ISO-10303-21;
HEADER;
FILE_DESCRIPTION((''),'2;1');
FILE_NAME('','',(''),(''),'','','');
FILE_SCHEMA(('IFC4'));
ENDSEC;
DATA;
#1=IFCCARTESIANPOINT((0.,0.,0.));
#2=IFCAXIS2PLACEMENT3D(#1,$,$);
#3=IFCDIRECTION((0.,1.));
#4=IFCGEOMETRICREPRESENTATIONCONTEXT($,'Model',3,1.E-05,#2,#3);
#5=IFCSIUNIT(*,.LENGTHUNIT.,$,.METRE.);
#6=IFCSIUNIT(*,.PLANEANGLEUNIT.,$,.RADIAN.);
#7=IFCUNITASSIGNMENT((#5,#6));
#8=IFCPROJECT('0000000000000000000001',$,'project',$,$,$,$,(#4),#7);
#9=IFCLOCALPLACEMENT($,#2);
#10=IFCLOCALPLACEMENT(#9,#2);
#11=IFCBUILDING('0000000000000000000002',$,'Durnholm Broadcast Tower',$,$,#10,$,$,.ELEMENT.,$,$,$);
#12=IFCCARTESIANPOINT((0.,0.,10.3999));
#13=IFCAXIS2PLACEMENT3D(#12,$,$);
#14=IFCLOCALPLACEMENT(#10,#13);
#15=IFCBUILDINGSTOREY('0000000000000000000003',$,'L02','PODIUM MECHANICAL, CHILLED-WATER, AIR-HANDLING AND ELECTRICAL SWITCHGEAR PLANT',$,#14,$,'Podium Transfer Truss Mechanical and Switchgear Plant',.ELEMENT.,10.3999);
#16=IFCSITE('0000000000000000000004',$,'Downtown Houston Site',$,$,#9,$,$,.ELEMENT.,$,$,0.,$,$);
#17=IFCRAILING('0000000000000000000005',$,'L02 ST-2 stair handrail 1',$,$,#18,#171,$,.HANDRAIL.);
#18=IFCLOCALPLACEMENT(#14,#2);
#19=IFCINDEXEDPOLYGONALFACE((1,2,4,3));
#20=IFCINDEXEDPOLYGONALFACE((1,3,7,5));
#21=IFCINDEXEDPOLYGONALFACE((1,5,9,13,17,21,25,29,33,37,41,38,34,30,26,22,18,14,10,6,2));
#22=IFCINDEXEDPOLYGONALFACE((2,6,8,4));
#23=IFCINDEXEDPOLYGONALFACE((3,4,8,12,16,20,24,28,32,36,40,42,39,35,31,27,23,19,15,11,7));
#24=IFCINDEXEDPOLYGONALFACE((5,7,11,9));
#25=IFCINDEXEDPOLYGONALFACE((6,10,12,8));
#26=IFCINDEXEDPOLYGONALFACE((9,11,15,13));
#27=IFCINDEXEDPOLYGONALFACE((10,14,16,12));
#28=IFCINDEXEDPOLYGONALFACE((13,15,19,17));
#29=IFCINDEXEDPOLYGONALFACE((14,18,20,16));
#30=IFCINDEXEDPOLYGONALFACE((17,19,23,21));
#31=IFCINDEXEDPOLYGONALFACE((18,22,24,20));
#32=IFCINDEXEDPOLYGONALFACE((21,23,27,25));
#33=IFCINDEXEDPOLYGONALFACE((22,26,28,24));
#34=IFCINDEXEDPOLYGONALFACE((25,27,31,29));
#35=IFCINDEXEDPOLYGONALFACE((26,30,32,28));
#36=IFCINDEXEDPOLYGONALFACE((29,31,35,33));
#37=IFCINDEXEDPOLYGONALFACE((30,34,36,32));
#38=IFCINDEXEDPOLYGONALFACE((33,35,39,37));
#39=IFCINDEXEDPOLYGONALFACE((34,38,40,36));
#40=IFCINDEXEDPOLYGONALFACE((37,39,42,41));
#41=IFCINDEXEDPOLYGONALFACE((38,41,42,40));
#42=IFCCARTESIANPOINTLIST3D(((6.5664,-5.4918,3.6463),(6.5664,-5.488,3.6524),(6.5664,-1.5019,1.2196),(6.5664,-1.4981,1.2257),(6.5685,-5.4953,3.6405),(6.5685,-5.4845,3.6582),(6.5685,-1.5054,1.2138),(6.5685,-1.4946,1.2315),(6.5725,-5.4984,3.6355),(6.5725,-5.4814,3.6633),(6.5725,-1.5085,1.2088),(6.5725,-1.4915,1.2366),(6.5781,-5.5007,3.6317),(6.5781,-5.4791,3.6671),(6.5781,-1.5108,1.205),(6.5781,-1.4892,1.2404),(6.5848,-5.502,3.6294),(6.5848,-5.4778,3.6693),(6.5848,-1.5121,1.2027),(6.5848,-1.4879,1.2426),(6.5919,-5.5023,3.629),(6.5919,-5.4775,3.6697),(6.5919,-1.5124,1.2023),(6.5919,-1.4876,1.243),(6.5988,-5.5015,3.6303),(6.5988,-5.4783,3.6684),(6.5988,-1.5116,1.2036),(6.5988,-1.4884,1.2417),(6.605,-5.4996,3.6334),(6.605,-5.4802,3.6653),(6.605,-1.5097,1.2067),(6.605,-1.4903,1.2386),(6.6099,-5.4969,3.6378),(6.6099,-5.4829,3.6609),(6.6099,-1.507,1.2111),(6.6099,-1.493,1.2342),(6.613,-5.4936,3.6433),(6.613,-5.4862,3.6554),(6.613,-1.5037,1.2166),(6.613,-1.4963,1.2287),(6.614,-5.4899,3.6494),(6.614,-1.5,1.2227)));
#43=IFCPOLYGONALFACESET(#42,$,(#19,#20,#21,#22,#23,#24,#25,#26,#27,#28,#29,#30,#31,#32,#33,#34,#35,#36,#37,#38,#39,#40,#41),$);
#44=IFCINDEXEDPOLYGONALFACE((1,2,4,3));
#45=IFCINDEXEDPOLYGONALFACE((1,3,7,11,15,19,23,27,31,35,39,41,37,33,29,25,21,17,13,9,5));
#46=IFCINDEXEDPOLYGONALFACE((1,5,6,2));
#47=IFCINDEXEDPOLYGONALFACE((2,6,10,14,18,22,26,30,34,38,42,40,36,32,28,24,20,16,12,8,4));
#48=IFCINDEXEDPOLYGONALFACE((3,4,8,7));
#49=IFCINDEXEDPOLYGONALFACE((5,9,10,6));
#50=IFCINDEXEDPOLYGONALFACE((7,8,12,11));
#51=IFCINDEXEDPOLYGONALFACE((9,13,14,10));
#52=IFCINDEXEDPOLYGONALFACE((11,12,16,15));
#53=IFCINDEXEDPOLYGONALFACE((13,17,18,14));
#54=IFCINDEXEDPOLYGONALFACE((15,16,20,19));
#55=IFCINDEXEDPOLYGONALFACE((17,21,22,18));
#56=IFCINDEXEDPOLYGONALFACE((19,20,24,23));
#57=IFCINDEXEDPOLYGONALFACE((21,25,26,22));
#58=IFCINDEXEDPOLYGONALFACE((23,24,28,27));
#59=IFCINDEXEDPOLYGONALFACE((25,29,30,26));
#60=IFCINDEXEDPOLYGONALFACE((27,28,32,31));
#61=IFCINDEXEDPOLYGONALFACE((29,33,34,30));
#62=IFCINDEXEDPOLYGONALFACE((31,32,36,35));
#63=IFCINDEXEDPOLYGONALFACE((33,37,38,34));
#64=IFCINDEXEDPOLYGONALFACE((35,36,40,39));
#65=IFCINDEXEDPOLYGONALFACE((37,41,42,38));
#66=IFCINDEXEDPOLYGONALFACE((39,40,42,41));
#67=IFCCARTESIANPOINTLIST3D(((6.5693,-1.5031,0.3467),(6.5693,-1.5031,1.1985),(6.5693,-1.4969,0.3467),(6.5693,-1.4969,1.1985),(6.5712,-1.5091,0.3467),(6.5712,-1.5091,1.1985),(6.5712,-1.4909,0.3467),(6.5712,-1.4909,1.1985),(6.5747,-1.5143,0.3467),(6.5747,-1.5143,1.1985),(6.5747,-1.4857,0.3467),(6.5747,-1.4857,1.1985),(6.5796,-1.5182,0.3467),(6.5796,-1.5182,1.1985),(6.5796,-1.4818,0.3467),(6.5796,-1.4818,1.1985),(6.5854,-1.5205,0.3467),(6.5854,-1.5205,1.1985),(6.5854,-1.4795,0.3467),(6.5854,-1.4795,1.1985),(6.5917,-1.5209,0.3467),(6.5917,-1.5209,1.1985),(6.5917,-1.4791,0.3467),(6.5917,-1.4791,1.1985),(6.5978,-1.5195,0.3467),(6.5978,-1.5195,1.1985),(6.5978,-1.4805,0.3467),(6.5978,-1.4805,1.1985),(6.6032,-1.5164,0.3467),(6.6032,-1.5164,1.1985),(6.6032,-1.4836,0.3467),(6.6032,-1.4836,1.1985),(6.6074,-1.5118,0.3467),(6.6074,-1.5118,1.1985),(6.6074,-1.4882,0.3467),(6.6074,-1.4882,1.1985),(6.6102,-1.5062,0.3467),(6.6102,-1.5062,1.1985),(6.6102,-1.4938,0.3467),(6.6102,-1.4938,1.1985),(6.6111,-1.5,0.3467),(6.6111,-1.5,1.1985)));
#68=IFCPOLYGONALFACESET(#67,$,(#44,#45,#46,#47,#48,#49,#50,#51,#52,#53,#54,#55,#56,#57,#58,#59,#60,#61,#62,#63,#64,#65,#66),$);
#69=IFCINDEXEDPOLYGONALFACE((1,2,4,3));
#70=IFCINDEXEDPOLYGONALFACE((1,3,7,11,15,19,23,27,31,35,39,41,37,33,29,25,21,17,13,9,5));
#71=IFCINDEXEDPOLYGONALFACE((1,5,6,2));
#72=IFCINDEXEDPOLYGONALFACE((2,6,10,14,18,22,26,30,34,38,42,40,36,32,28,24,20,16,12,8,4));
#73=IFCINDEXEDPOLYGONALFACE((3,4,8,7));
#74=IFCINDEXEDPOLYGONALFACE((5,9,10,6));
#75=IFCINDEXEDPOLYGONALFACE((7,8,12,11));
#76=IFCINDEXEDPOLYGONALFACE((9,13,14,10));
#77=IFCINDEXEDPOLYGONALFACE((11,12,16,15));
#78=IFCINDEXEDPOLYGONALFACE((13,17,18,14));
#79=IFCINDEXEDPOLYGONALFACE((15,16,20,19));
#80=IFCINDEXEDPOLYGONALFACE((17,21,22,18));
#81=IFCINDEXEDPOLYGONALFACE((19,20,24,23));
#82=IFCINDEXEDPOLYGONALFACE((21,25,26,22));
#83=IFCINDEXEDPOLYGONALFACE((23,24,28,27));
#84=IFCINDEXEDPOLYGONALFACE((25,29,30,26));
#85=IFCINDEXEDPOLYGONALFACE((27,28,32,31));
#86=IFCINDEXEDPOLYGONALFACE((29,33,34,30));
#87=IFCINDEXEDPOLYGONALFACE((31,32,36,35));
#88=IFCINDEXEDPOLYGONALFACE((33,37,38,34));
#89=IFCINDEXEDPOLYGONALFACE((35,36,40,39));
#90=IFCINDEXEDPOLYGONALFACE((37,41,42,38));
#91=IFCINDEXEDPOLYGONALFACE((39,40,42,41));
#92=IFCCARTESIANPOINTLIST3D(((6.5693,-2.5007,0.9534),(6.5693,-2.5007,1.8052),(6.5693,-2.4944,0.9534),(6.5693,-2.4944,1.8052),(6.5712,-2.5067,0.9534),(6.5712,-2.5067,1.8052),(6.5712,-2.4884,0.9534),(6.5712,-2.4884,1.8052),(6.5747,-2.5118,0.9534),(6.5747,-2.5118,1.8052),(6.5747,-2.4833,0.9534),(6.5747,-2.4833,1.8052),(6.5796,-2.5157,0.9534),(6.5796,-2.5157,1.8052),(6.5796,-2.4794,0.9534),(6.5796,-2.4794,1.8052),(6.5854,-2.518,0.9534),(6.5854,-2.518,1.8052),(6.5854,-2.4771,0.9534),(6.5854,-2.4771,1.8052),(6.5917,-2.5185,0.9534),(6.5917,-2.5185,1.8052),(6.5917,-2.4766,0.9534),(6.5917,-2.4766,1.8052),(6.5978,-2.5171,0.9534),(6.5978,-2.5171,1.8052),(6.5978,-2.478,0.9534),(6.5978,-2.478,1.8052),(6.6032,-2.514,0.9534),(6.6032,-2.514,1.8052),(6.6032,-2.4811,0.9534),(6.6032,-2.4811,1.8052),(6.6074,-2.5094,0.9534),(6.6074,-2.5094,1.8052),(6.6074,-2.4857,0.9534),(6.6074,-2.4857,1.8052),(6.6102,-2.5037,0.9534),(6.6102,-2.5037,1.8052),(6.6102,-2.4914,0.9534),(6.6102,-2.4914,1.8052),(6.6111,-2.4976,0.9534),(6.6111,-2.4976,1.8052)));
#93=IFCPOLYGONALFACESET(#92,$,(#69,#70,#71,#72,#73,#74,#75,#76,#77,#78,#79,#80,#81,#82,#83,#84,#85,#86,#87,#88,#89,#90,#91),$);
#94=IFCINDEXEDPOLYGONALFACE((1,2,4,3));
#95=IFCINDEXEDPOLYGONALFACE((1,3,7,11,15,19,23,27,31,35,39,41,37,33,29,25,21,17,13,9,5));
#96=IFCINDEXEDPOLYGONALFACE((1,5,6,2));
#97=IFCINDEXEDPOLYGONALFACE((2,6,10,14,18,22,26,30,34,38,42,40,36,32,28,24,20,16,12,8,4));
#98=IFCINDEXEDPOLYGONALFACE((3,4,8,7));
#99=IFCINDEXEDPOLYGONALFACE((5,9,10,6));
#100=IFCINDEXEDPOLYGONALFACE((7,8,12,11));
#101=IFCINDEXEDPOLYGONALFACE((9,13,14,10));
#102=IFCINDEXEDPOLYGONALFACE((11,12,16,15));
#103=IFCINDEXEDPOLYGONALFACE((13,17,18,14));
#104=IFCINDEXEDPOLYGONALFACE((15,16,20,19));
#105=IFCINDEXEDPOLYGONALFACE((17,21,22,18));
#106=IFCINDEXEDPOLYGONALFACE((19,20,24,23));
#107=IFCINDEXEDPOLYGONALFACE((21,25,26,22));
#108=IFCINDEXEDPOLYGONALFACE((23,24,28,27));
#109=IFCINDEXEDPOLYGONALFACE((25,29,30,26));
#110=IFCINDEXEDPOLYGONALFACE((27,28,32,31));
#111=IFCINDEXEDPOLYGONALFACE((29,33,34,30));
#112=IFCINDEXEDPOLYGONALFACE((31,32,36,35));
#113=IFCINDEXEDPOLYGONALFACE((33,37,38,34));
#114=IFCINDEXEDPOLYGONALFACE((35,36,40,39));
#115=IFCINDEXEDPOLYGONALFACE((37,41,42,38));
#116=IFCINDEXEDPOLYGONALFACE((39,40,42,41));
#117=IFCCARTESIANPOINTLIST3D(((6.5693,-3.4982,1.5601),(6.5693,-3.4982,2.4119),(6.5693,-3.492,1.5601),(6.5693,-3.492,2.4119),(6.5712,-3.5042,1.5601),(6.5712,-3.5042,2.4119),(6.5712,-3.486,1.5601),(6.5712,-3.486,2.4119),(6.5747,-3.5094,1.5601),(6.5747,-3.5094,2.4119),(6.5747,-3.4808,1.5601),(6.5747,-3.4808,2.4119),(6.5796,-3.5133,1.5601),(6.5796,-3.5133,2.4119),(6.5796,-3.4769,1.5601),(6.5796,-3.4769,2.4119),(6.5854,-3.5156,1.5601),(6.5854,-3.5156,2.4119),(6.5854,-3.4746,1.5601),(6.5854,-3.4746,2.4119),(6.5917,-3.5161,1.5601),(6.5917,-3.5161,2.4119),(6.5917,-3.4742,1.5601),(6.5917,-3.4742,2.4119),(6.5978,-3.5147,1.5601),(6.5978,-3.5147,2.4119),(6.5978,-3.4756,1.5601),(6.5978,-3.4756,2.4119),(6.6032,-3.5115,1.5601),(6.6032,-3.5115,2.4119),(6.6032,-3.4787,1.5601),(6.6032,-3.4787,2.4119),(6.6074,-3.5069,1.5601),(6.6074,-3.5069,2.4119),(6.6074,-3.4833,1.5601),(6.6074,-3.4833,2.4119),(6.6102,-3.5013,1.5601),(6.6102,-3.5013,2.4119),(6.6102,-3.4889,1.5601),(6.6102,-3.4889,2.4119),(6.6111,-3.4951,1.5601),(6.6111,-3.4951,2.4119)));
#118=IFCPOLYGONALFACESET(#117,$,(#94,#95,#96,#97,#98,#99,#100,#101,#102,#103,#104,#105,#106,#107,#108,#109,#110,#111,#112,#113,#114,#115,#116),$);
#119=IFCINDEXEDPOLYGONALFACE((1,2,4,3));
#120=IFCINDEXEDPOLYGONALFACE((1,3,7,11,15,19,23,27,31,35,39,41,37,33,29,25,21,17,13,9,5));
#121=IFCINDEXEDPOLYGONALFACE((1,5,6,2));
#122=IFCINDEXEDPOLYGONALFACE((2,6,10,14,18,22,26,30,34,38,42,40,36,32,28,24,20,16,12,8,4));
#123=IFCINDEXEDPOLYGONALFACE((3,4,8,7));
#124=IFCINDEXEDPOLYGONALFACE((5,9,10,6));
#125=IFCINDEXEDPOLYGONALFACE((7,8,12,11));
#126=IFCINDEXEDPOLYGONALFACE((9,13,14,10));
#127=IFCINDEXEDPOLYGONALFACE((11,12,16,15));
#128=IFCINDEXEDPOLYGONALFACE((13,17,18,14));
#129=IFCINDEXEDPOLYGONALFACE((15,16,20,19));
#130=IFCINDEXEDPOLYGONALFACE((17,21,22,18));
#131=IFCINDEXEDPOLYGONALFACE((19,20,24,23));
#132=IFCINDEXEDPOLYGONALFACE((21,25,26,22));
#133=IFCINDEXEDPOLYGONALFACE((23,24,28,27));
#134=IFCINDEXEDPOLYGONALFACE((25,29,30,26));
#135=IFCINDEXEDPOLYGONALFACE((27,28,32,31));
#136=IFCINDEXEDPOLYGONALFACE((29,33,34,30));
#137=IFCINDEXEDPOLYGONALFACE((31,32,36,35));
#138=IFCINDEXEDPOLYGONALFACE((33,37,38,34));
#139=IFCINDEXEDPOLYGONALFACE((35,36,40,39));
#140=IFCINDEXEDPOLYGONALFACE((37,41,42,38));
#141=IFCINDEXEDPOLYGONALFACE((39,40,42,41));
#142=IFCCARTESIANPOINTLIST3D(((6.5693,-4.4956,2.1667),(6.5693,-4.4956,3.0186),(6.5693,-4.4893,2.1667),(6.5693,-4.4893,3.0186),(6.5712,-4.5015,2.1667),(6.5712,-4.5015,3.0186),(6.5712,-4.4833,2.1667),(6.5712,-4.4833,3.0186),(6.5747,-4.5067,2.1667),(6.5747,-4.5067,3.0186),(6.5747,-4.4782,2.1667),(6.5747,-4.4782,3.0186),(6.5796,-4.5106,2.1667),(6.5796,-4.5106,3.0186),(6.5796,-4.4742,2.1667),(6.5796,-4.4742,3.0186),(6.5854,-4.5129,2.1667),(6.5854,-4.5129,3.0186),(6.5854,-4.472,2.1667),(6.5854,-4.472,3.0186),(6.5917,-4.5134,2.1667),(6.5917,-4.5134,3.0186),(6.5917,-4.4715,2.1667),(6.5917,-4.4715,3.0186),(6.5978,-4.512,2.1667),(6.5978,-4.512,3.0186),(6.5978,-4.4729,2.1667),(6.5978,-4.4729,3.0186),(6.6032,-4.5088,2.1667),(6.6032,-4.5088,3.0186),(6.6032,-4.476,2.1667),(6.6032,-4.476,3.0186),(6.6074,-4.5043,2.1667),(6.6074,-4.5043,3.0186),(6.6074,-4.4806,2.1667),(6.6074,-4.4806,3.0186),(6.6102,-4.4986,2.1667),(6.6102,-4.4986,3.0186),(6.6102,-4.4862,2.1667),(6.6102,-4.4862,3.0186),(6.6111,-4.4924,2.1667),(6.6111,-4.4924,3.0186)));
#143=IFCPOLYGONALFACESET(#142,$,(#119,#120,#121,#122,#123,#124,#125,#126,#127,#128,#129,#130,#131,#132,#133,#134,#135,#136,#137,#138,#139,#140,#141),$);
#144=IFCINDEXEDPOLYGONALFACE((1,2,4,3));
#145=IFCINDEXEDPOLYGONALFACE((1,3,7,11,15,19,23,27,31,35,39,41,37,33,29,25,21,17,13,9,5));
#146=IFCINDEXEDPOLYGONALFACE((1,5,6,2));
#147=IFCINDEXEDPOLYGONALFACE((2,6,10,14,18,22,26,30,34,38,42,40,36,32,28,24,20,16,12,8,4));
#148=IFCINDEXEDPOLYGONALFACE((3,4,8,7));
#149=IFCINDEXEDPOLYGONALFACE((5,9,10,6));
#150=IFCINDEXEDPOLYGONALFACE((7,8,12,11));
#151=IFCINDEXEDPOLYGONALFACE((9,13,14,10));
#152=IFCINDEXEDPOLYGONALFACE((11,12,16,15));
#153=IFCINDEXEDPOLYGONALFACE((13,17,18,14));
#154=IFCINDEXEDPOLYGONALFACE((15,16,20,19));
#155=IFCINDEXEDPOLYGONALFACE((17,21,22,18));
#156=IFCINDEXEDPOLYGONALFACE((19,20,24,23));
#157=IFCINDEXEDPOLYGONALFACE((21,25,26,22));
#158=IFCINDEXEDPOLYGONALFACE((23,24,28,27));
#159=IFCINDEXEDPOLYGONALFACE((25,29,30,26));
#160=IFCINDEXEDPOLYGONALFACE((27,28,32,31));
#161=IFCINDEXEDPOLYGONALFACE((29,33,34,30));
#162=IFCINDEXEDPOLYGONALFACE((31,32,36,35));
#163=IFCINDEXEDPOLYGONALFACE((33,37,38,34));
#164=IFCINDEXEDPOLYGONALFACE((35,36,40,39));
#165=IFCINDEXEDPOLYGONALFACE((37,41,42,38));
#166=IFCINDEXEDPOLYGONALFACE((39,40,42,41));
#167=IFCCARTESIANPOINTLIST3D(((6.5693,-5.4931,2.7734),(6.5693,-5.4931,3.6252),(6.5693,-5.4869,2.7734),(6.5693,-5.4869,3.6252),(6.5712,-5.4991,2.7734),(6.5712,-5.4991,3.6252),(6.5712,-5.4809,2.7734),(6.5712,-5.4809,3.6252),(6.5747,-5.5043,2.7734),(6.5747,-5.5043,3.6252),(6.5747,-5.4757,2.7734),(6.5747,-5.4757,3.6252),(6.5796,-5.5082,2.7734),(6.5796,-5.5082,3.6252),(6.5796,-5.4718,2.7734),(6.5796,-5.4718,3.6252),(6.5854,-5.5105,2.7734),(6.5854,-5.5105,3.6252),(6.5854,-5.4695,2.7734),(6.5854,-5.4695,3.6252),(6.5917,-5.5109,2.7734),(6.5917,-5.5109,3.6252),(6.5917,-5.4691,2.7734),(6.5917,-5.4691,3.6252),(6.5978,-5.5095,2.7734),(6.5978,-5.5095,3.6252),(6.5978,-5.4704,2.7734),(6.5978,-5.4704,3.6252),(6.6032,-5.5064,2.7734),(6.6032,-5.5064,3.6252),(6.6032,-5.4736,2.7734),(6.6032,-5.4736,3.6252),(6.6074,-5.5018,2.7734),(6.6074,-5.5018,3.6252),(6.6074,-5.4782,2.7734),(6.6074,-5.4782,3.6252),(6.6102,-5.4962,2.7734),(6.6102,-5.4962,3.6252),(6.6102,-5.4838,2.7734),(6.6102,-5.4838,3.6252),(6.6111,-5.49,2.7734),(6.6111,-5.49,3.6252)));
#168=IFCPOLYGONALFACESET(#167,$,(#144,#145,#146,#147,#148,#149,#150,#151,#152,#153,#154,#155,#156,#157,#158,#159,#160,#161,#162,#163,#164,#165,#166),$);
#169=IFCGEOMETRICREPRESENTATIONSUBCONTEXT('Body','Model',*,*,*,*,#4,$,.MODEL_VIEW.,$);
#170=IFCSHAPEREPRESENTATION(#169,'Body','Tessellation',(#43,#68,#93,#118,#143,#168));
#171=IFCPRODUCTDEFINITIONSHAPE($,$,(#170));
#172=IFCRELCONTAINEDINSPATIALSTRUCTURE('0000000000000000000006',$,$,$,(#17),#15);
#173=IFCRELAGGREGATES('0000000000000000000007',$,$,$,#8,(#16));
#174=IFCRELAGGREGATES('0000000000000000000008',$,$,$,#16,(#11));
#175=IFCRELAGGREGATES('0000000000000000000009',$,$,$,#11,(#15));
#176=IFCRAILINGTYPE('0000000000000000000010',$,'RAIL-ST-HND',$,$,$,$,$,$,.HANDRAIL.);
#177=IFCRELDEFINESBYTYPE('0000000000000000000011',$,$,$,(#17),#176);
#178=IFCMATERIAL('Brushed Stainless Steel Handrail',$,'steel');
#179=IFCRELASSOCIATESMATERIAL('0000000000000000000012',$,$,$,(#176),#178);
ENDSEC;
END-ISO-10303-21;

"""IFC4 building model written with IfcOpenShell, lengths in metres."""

from ifc_helpers import new_model, si_unit, direction, frame, origin, origin_2d, place, context, subcontext, project, spatial, circle, extrude, material, type_object, element, save


model = new_model("IFC4")

# Units and contexts
model_context = context("Model", 3, precision=1e-05, world=origin(), true_north=direction((0.0, 1.0)))
body_context = subcontext(model_context, "Body", "Model", "MODEL_VIEW")
ifc_project = project(units=[si_unit("LENGTHUNIT", "METRE"), si_unit("PLANEANGLEUNIT", "RADIAN")], contexts=[model_context])

# Site, building, storey
site_placement = place(None, origin())
site = spatial("IfcSite", under=ifc_project, at=site_placement, Name="Downtown Houston Site", CompositionType="ELEMENT", RefElevation=0.0)
building_placement = place(site_placement, origin())
building = spatial("IfcBuilding", under=site, at=building_placement, Name="Durnholm Broadcast Tower", CompositionType="ELEMENT")
storey_placement = place(building_placement, frame((0.0, 0.0, 10.3999)))
storey = spatial("IfcBuildingStorey", under=building, at=storey_placement, Name="L02", Description="PODIUM MECHANICAL, CHILLED-WATER, AIR-HANDLING AND ELECTRICAL SWITCHGEAR PLANT", LongName="Podium Transfer Truss Mechanical and Switchgear Plant", CompositionType="ELEMENT", Elevation=10.3999)

# Railing
ifc_material_1 = material(Name="Brushed Stainless Steel Handrail", Category="steel")
railing_type_1 = type_object("IfcRailingType", Name="RAIL-ST-HND", PredefinedType="HANDRAIL", material=ifc_material_1)
railing_1_placement = place(storey_placement, frame((6.5901, -1.5, 0.3467)))
element("IfcRailing", 1, at=railing_1_placement, inside=storey, type_object=railing_type_1, Name="L02 ST-2 stair handrail 1", PredefinedType="HANDRAIL", context=body_context, shape_type="SweptSolid", body=[
    extrude(circle(Radius=0.0239, at=origin_2d()), frame((0.0, 0.0, 0.876), z_axis=(0.0, -0.854382, 0.519645), x_axis=(1.0, 0.0, 0.0)), (0.0, 0.0, 1.0), 4.6699),
    extrude(circle(Radius=0.021, at=origin_2d()), origin(), (0.0, 0.0, 1.0), 0.8518),
    extrude(circle(Radius=0.021, at=origin_2d()), frame((0.0, -0.9976, 0.6067)), (0.0, 0.0, 1.0), 0.8518),
    extrude(circle(Radius=0.021, at=origin_2d()), frame((0.0, -1.9951, 1.2134)), (0.0, 0.0, 1.0), 0.8518),
    extrude(circle(Radius=0.021, at=origin_2d()), frame((0.0, -2.9924, 1.8201)), (0.0, 0.0, 1.0), 0.8518),
    extrude(circle(Radius=0.021, at=origin_2d()), frame((0.0, -3.99, 2.4268)), (0.0, 0.0, 1.0), 0.8518),
])

save(model, "model.ifc")
